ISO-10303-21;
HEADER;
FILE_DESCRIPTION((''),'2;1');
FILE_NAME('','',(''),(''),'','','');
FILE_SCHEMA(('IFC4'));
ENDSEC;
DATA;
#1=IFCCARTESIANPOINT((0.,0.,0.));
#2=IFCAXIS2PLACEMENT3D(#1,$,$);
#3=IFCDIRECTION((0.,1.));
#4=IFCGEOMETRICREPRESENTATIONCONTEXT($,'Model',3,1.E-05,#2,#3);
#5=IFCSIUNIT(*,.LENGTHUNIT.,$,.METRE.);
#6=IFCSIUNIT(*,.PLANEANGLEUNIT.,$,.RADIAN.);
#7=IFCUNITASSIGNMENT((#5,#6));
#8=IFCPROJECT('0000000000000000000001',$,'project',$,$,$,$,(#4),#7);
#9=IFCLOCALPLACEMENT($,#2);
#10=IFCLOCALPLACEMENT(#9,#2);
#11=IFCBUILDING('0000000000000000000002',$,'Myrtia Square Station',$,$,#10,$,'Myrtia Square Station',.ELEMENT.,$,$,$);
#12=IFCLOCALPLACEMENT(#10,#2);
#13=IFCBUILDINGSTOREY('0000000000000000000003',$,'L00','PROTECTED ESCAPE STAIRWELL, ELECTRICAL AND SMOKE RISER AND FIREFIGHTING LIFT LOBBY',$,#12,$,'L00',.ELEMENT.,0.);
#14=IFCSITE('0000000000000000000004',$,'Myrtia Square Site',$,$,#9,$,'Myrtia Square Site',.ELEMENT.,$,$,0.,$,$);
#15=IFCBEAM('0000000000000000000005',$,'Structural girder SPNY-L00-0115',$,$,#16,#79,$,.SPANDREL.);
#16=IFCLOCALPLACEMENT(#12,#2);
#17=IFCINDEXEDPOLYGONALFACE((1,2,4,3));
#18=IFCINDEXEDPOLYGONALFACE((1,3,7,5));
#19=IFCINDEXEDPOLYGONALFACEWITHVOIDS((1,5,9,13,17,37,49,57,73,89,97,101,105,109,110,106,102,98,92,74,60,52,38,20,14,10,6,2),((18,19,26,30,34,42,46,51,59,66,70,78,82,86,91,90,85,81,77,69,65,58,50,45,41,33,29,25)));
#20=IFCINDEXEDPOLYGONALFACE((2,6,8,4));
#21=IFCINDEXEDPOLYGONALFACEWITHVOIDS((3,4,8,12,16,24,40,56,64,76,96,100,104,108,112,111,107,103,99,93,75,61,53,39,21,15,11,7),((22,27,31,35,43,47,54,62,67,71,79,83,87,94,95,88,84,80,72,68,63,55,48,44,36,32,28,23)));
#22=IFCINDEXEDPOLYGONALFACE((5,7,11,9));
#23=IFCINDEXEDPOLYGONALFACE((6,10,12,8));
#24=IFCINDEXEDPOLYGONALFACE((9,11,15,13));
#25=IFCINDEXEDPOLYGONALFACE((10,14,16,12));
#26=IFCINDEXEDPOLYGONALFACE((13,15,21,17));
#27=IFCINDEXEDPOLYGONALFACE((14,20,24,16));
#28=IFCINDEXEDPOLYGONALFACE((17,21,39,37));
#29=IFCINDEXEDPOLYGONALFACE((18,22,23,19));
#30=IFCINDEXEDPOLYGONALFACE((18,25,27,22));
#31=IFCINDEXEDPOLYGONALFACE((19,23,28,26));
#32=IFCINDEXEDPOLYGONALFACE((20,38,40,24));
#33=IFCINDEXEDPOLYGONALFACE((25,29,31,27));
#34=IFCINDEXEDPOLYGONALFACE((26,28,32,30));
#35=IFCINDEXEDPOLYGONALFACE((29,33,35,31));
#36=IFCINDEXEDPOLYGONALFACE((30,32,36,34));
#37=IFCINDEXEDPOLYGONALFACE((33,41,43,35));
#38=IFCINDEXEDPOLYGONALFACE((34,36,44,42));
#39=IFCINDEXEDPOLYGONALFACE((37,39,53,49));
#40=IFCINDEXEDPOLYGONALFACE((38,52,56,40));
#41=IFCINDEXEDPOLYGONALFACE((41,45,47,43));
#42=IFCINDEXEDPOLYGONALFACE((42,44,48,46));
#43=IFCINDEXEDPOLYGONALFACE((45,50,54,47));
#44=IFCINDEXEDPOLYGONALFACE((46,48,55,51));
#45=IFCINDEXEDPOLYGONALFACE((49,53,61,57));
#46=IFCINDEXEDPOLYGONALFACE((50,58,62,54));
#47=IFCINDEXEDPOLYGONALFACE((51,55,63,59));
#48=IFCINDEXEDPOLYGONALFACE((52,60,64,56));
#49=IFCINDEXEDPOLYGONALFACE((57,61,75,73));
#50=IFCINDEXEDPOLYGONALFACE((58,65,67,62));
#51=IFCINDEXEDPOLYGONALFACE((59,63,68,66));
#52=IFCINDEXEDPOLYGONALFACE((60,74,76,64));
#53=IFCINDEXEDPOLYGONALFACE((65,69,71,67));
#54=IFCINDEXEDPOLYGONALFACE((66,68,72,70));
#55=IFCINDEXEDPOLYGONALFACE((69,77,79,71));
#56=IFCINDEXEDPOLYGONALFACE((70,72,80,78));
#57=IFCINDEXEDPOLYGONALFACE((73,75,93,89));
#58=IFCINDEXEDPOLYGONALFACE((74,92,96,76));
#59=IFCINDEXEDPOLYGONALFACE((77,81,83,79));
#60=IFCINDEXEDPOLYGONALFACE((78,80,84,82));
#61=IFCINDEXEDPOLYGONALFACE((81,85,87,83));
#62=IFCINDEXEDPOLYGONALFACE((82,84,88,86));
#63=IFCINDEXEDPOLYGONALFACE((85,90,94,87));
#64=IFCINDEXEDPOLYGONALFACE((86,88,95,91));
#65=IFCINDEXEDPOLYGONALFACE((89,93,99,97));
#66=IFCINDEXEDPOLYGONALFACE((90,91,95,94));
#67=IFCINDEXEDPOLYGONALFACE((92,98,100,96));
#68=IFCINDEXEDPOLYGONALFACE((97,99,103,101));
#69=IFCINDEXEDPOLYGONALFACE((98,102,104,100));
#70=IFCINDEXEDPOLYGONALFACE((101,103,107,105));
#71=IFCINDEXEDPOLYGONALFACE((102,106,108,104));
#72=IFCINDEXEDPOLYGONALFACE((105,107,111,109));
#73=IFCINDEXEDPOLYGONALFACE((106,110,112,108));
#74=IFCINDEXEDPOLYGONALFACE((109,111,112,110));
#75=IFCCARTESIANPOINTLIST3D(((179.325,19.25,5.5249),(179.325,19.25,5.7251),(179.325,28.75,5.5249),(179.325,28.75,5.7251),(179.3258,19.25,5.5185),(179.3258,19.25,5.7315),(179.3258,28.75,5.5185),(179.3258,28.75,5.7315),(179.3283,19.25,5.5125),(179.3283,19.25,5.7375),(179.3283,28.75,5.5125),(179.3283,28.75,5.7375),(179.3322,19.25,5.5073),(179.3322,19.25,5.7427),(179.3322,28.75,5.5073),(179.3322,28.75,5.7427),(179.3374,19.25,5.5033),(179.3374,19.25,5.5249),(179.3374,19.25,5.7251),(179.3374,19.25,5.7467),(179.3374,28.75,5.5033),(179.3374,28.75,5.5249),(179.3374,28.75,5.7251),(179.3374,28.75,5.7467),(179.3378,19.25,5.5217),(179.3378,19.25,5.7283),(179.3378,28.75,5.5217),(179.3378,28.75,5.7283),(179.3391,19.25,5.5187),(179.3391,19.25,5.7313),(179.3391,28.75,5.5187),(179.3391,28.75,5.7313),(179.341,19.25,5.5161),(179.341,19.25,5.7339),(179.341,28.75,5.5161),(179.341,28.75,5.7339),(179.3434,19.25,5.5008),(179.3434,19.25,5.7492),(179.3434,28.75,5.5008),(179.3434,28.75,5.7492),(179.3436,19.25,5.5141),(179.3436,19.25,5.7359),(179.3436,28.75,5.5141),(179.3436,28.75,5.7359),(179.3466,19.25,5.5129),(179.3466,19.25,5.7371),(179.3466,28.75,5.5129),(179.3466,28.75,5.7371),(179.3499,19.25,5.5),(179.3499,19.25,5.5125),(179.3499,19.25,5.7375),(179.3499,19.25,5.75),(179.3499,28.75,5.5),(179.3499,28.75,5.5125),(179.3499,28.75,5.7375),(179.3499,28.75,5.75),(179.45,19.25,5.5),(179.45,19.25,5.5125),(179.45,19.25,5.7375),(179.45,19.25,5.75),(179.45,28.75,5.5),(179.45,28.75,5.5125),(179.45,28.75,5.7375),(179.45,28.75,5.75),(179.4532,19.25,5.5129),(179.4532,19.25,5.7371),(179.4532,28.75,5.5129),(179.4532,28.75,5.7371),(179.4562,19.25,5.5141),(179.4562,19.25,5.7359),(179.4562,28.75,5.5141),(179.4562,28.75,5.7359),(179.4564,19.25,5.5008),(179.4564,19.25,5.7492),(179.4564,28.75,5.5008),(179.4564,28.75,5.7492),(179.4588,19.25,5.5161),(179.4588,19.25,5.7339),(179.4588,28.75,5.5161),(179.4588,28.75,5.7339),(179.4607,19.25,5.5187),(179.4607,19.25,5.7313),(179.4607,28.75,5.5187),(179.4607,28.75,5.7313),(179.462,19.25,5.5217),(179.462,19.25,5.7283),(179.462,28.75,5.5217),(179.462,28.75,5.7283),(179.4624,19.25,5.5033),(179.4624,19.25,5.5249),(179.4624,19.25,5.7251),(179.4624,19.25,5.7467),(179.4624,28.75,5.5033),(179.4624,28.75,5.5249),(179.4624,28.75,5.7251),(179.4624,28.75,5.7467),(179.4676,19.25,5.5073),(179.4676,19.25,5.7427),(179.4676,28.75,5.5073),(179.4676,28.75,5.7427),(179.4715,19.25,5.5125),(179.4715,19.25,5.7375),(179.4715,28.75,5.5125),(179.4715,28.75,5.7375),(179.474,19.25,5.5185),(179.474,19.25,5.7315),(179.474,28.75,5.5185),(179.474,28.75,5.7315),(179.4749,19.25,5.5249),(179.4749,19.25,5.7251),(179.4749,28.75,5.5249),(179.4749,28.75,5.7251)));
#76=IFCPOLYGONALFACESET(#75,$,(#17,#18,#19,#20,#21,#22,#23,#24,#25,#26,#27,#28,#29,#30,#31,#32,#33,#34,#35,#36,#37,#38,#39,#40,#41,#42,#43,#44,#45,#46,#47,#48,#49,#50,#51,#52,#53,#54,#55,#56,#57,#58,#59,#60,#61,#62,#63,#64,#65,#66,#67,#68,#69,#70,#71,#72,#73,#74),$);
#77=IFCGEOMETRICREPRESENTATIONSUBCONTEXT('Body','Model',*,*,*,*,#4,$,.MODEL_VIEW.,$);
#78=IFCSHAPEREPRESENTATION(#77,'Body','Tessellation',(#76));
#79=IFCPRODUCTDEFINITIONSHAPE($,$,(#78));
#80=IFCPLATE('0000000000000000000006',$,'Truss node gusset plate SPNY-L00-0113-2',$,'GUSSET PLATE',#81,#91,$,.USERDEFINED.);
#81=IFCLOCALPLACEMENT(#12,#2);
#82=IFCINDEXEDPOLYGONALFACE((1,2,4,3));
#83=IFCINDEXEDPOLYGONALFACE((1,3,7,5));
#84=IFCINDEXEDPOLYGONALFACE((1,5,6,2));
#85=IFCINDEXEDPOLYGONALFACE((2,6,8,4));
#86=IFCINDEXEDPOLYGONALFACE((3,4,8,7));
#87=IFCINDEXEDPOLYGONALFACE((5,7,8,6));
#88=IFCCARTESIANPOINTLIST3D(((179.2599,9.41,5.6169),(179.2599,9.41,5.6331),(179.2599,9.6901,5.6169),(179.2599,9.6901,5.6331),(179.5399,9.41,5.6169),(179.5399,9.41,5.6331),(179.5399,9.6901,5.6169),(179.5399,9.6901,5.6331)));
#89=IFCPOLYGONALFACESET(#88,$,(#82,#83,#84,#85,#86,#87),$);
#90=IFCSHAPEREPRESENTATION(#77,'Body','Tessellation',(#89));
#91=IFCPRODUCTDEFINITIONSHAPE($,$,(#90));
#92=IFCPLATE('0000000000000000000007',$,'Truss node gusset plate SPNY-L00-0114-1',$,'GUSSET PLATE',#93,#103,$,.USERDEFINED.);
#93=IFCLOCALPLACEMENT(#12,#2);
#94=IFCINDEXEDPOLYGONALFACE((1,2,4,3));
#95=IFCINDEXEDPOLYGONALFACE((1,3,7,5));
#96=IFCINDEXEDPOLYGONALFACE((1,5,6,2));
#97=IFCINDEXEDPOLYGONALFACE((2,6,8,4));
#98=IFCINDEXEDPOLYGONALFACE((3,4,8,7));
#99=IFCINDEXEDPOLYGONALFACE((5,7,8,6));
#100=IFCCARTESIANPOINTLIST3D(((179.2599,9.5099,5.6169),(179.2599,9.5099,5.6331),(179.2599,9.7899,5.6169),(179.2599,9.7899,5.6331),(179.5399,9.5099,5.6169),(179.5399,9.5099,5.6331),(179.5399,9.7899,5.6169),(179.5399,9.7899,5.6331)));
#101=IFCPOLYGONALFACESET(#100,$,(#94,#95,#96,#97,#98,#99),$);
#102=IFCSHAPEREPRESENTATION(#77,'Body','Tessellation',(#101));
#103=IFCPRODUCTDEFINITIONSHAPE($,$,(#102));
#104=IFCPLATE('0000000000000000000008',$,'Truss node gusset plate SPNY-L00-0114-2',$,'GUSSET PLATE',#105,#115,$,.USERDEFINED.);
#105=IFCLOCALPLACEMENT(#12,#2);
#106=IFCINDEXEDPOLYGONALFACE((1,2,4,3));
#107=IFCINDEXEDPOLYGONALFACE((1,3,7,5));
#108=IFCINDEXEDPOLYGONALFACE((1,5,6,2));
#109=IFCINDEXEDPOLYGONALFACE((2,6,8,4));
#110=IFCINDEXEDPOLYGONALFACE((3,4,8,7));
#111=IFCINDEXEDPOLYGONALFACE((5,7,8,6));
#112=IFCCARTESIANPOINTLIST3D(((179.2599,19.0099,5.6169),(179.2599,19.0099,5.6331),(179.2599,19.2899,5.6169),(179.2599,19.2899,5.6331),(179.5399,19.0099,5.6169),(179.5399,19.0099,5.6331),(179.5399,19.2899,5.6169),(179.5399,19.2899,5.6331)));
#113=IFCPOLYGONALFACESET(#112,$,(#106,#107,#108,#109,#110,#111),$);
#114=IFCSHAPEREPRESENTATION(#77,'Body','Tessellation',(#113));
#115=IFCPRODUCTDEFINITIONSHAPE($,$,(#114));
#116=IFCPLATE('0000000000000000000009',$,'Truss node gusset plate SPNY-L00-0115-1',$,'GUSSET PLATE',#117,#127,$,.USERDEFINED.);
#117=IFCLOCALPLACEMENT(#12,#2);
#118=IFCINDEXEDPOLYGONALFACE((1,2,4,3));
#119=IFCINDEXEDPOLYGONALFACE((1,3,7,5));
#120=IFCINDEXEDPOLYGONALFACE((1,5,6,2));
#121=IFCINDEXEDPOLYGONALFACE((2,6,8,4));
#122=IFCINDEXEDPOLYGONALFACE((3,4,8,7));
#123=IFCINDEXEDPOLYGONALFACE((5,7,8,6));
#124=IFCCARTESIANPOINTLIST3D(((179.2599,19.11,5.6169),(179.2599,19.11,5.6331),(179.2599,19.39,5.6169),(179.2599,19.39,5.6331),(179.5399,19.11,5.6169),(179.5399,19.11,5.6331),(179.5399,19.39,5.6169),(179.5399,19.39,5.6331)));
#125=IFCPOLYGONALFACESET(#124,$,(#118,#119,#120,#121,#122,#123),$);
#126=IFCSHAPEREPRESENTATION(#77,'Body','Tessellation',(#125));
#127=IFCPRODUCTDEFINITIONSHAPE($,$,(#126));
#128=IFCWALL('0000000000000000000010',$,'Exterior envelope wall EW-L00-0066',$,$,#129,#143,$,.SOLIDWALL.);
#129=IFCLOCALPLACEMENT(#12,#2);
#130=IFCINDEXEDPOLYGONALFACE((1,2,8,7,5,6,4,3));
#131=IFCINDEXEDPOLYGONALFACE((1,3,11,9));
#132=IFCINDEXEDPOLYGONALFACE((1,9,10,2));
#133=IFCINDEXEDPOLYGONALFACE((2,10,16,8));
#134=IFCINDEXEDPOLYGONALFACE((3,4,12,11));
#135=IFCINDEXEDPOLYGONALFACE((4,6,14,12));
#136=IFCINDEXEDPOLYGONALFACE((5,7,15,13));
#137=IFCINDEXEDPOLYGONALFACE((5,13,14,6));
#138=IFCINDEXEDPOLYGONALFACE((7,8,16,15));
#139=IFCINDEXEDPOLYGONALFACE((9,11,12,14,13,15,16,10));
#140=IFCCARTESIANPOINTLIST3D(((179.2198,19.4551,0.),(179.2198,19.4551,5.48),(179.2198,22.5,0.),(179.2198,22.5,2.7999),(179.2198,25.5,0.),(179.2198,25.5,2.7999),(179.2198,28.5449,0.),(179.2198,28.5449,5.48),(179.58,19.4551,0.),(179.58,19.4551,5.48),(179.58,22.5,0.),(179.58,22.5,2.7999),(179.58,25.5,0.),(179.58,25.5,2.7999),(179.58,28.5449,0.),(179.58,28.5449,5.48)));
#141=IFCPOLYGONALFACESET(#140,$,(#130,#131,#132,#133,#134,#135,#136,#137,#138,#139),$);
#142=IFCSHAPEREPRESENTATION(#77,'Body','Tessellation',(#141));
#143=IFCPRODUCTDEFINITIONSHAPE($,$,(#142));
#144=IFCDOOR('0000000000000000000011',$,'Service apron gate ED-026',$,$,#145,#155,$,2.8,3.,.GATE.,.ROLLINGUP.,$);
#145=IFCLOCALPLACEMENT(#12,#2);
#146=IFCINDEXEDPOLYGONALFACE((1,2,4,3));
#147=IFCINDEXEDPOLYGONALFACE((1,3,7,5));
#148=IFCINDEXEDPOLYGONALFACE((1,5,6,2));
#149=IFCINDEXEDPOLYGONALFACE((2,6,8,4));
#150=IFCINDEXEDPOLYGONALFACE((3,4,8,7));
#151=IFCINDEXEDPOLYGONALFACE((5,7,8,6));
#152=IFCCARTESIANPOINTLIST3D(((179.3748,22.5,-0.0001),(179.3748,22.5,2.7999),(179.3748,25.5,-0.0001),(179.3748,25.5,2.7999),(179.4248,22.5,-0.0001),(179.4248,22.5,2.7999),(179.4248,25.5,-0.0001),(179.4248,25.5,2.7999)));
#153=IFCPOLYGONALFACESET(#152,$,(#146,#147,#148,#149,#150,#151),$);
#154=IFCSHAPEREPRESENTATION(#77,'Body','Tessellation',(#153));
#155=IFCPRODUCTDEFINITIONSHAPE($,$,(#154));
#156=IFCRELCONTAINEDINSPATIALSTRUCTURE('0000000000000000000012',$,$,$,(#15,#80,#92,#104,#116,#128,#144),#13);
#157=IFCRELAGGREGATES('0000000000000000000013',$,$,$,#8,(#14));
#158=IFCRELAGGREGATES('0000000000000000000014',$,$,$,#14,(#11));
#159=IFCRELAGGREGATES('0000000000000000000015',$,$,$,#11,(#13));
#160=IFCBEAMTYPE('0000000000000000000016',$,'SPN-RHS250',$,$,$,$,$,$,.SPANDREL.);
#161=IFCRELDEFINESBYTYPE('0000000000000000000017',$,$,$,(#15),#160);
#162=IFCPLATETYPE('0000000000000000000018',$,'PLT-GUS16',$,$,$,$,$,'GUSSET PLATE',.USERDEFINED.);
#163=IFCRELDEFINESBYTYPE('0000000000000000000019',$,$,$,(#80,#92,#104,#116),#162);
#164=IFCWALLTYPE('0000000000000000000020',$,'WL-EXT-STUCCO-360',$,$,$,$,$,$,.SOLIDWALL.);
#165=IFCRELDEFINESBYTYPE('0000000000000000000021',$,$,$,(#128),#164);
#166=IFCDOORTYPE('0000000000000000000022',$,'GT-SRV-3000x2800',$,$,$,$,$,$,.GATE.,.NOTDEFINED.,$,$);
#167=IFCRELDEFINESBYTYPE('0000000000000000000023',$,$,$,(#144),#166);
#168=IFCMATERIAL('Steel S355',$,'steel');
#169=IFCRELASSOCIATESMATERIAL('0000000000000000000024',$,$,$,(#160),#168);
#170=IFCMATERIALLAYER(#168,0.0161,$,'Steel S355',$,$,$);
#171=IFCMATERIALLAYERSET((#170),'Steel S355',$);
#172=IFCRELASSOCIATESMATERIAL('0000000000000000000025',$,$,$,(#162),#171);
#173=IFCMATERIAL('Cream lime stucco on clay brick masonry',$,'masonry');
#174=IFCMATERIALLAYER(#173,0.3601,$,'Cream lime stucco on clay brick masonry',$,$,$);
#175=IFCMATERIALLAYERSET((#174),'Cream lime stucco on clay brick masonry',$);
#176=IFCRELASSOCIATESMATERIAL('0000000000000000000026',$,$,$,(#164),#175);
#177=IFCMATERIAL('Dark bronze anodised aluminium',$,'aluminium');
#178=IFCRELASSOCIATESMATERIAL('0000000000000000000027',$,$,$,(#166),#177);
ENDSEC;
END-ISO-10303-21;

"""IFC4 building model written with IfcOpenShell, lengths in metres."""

from ifc_helpers import new_model, si_unit, direction, frame, frame_2d, origin, origin_2d, place, context, subcontext, project, spatial, rectangle, hollow_rectangle, extrude, material, layer, layer_set, material_profile, profile_set, type_object, element, fill, save


model = new_model("IFC4")

# Units and contexts
model_context = context("Model", 3, precision=1e-05, world=origin(), true_north=direction((0.0, 1.0)))
body_context = subcontext(model_context, "Body", "Model", "MODEL_VIEW")
ifc_project = project(units=[si_unit("LENGTHUNIT", "METRE"), si_unit("PLANEANGLEUNIT", "RADIAN")], contexts=[model_context])

# Site, building, storey
site_placement = place(None, origin())
site = spatial("IfcSite", under=ifc_project, at=site_placement, Name="Myrtia Square Site", LongName="Myrtia Square Site", CompositionType="ELEMENT", RefElevation=0.0)
building_placement = place(site_placement, origin())
building = spatial("IfcBuilding", under=site, at=building_placement, Name="Myrtia Square Station", LongName="Myrtia Square Station", CompositionType="ELEMENT")
storey_placement = place(building_placement, origin())
storey = spatial("IfcBuildingStorey", under=building, at=storey_placement, Name="L00", Description="PROTECTED ESCAPE STAIRWELL, ELECTRICAL AND SMOKE RISER AND FIREFIGHTING LIFT LOBBY", LongName="L00", CompositionType="ELEMENT", Elevation=0.0)

# Shared definitions
ifc_material_1 = material(Name="Steel S355", Category="steel")

# Beam
ifc_material_profile_1 = material_profile(ifc_material_1, hollow_rectangle(XDim=0.1499, YDim=0.25, WallThickness=0.0125, InnerFilletRadius=0.0125, OuterFilletRadius=0.0249, at=origin_2d()), Name="RHS 250x150x12.5")
ifc_profile_set_1 = profile_set([ifc_material_profile_1], Name="Steel S355")
beam_type_1 = type_object("IfcBeamType", Name="SPN-RHS250", PredefinedType="SPANDREL", material=ifc_profile_set_1)
for number, where, z_axis, x_axis, name in (
    (1, (179.3999, 19.25, 5.625), (0.0, 1.0, 0.0), (-1.0, 0.0, 0.0), "Structural girder SPNY-L00-0115"),
):
    element("IfcBeam", number, at=place(storey_placement, frame(where, z_axis=z_axis, x_axis=x_axis)), inside=storey, type_object=beam_type_1, Name=name, PredefinedType="SPANDREL", context=body_context, shape_type="SweptSolid", body=[
        extrude(hollow_rectangle(XDim=0.1499, YDim=0.25, WallThickness=0.0125, InnerFilletRadius=0.0125, OuterFilletRadius=0.0249, at=origin_2d()), origin(), (0.0, 0.0, 1.0), 9.5),
    ])

# Plates
ifc_layer_1 = layer(ifc_material_1, 0.0161, Name="Steel S355")
ifc_layer_set_1 = layer_set([ifc_layer_1], Name="Steel S355")
plate_type = type_object("IfcPlateType", Name="PLT-GUS16", ElementType="GUSSET PLATE", PredefinedType="USERDEFINED", material=ifc_layer_set_1)
for number, where, z_axis, x_axis, name in (
    (2, (179.3999, 9.55, 5.6169), (0.0, 0.0, 1.0), (0.0, 1.0, 0.0), "Truss node gusset plate SPNY-L00-0113-2"),
    (3, (179.3999, 9.6499, 5.6169), (0.0, 0.0, 1.0), (0.0, 1.0, 0.0), "Truss node gusset plate SPNY-L00-0114-1"),
    (4, (179.3999, 19.1499, 5.6169), (0.0, 0.0, 1.0), (0.0, 1.0, 0.0), "Truss node gusset plate SPNY-L00-0114-2"),
    (5, (179.3999, 19.25, 5.6169), (0.0, 0.0, 1.0), (0.0, 1.0, 0.0), "Truss node gusset plate SPNY-L00-0115-1"),
):
    element("IfcPlate", number, at=place(storey_placement, frame(where, z_axis=z_axis, x_axis=x_axis)), inside=storey, type_object=plate_type, Name=name, ObjectType="GUSSET PLATE", PredefinedType="USERDEFINED", context=body_context, shape_type="SweptSolid", body=[
        extrude(rectangle(XDim=0.28, YDim=0.28, at=origin_2d()), origin(), (0.0, 0.0, 1.0), 0.0161),
    ])

# Wall, opening, door
ifc_material_2 = material(Name="Dark bronze anodised aluminium", Category="aluminium")
ifc_material_3 = material(Name="Cream lime stucco on clay brick masonry", Category="masonry")
ifc_layer_2 = layer(ifc_material_3, 0.3601, Name="Cream lime stucco on clay brick masonry")
ifc_layer_set_2 = layer_set([ifc_layer_2], Name="Cream lime stucco on clay brick masonry")
wall_type_1 = type_object("IfcWallType", Name="WL-EXT-STUCCO-360", PredefinedType="SOLIDWALL", material=ifc_layer_set_2)
wall_1_placement = place(storey_placement, frame((179.3999, 19.4551, 0.0), z_axis=(0.0, 0.0, 1.0), x_axis=(0.0, 1.0, 0.0)))
wall_1 = element("IfcWall", 6, at=wall_1_placement, inside=storey, type_object=wall_type_1, Name="Exterior envelope wall EW-L00-0066", PredefinedType="SOLIDWALL", context=body_context, shape_type="SweptSolid", body=[
    extrude(rectangle(XDim=9.0898, YDim=0.3601, at=frame_2d((4.5449, 0.0))), origin(), (0.0, 0.0, 1.0), 5.48),
])
opening_1_placement = place(wall_1_placement, frame((3.0449, 0.0, 0.0)))
opening_1 = element("IfcOpeningElement", 7, at=opening_1_placement, cuts=wall_1, PredefinedType="OPENING", context=body_context, shape_type="SweptSolid", body=[
    extrude(rectangle(XDim=3.0, YDim=2.8, at=frame_2d((1.5, 1.3999))), frame((0.0, 0.1951, 0.0), z_axis=(0.0, -1.0, 0.0), x_axis=(1.0, 0.0, 0.0)), (0.0, 0.0, 1.0), 0.3901),
])
door_type_1 = type_object("IfcDoorType", Name="GT-SRV-3000x2800", OperationType="NOTDEFINED", PredefinedType="GATE", material=ifc_material_2)
door_1_placement = place(opening_1_placement, frame((3.0, 0.0, 0.0), z_axis=(0.0, 0.0, 1.0), x_axis=(-1.0, 0.0, 0.0)))
door_1 = element("IfcDoor", 8, at=door_1_placement, inside=storey, type_object=door_type_1, Name="Service apron gate ED-026", OperationType="ROLLINGUP", OverallHeight=2.8, OverallWidth=3.0, PredefinedType="GATE", context=body_context, shape_type="SweptSolid", body=[
    extrude(rectangle(XDim=3.0, YDim=2.8, at=frame_2d((1.5, 1.3999))), frame((0.0, 0.0249, 0.0), z_axis=(0.0, -1.0, 0.0), x_axis=(1.0, 0.0, 0.0)), (0.0, 0.0, 1.0), 0.05),
])
fill(opening_1, door_1)

save(model, "model.ifc")
